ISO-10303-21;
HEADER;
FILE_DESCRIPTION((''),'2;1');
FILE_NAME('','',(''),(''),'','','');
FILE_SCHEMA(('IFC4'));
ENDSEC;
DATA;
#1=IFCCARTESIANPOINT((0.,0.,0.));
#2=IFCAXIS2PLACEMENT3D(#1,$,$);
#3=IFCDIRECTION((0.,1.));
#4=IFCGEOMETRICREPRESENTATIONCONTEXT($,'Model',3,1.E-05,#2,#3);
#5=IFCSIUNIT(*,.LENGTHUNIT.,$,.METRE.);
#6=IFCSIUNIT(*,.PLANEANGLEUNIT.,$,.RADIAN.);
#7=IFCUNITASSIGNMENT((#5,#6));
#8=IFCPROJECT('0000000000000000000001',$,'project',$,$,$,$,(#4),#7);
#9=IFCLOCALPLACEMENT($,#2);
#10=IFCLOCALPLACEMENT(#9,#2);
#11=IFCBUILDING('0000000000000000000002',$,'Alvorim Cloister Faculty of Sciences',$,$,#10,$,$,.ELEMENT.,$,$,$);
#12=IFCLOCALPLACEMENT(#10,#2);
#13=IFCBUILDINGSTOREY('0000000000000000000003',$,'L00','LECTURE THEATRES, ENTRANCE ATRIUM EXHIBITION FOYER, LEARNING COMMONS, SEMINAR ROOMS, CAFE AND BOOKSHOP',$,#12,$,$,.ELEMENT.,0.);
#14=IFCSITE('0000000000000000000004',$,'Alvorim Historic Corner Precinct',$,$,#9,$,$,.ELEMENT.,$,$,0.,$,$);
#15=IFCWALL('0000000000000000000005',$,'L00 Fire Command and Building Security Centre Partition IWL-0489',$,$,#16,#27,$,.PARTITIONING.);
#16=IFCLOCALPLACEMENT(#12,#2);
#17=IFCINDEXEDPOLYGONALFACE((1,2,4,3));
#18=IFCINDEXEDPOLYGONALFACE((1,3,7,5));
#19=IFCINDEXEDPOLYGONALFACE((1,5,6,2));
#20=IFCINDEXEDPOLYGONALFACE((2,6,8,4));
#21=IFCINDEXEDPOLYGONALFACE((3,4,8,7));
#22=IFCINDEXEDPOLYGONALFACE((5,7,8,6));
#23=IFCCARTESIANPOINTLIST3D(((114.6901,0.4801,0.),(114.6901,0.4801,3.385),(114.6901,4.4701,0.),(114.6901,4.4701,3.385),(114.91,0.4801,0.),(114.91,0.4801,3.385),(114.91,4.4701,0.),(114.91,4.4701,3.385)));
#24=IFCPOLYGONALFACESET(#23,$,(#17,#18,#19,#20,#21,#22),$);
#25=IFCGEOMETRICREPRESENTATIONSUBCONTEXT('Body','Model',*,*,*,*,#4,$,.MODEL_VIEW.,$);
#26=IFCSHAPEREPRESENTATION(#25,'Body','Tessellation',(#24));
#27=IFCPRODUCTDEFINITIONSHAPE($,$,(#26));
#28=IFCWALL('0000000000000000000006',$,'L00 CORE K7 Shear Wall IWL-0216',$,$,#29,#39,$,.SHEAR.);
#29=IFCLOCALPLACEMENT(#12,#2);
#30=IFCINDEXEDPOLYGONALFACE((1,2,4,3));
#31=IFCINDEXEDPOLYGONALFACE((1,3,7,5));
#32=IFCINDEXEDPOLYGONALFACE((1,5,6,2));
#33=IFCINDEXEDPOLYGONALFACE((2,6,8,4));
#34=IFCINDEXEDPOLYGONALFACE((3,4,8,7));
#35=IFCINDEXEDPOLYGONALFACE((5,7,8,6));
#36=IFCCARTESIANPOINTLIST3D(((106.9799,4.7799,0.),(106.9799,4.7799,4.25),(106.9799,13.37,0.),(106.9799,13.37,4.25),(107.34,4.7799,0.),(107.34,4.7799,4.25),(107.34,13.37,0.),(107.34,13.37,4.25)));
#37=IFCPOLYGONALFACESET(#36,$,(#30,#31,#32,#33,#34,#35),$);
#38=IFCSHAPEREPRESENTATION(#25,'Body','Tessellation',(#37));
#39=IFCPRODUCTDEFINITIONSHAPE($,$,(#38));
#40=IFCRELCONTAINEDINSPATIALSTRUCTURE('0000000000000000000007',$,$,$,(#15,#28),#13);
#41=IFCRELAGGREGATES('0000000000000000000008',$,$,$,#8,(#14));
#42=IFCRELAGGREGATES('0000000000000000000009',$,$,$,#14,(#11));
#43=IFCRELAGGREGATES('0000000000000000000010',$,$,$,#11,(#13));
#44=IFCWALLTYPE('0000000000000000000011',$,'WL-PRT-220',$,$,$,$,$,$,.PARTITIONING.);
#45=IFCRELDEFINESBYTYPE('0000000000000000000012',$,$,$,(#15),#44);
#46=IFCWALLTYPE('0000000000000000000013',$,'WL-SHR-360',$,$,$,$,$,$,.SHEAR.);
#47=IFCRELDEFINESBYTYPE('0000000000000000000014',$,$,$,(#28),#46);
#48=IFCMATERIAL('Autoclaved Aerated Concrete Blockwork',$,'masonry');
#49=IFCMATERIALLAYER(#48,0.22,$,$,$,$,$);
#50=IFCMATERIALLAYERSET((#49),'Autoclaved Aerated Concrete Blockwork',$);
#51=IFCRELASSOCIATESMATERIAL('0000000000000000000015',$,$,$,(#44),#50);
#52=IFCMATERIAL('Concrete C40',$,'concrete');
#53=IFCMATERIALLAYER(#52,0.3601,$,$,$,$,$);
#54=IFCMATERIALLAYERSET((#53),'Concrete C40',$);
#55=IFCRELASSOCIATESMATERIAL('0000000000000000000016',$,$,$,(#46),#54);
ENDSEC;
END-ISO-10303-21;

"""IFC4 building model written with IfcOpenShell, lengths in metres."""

from ifc_helpers import new_model, si_unit, direction, frame, frame_2d, origin, place, context, subcontext, project, spatial, rectangle, extrude, material, layer, layer_set, type_object, element, save


model = new_model("IFC4")

# Units and contexts
model_context = context("Model", 3, precision=1e-05, world=origin(), true_north=direction((0.0, 1.0)))
body_context = subcontext(model_context, "Body", "Model", "MODEL_VIEW")
ifc_project = project(units=[si_unit("LENGTHUNIT", "METRE"), si_unit("PLANEANGLEUNIT", "RADIAN")], contexts=[model_context])

# Site, building, storey
site_placement = place(None, origin())
site = spatial("IfcSite", under=ifc_project, at=site_placement, Name="Alvorim Historic Corner Precinct", CompositionType="ELEMENT", RefElevation=0.0)
building_placement = place(site_placement, origin())
building = spatial("IfcBuilding", under=site, at=building_placement, Name="Alvorim Cloister Faculty of Sciences", CompositionType="ELEMENT")
storey_placement = place(building_placement, origin())
storey = spatial("IfcBuildingStorey", under=building, at=storey_placement, Name="L00", Description="LECTURE THEATRES, ENTRANCE ATRIUM EXHIBITION FOYER, LEARNING COMMONS, SEMINAR ROOMS, CAFE AND BOOKSHOP", CompositionType="ELEMENT", Elevation=0.0)

# Shared definitions
ifc_material_1 = material(Name="Concrete C40", Category="concrete")

# Walls
ifc_material_2 = material(Name="Autoclaved Aerated Concrete Blockwork", Category="masonry")
ifc_layer_1 = layer(ifc_material_2, 0.22)
ifc_layer_set_1 = layer_set([ifc_layer_1], Name="Autoclaved Aerated Concrete Blockwork")
wall_type_1 = type_object("IfcWallType", Name="WL-PRT-220", PredefinedType="PARTITIONING", material=ifc_layer_set_1)
wall_1_placement = place(storey_placement, frame((114.8, 0.48, 0.0), z_axis=(0.0, 0.0, 1.0), x_axis=(0.0, 1.0, 0.0)))
element("IfcWall", 1, at=wall_1_placement, inside=storey, type_object=wall_type_1, Name="L00 Fire Command and Building Security Centre Partition IWL-0489", PredefinedType="PARTITIONING", context=body_context, shape_type="SweptSolid", body=[
    extrude(rectangle(XDim=3.99, YDim=0.22, at=frame_2d((1.9951, 0.0))), origin(), (0.0, 0.0, 1.0), 3.385),
])
ifc_layer_2 = layer(ifc_material_1, 0.3601)
ifc_layer_set_2 = layer_set([ifc_layer_2], Name="Concrete C40")
wall_type_2 = type_object("IfcWallType", Name="WL-SHR-360", PredefinedType="SHEAR", material=ifc_layer_set_2)
wall_2_placement = place(storey_placement, frame((107.1599, 4.78, 0.0), z_axis=(0.0, 0.0, 1.0), x_axis=(0.0, 1.0, 0.0)))
element("IfcWall", 2, at=wall_2_placement, inside=storey, type_object=wall_type_2, Name="L00 CORE K7 Shear Wall IWL-0216", PredefinedType="SHEAR", context=body_context, shape_type="SweptSolid", body=[
    extrude(rectangle(XDim=8.5901, YDim=0.3601, at=frame_2d((4.2949, 0.0))), origin(), (0.0, 0.0, 1.0), 4.25),
])

save(model, "model.ifc")
